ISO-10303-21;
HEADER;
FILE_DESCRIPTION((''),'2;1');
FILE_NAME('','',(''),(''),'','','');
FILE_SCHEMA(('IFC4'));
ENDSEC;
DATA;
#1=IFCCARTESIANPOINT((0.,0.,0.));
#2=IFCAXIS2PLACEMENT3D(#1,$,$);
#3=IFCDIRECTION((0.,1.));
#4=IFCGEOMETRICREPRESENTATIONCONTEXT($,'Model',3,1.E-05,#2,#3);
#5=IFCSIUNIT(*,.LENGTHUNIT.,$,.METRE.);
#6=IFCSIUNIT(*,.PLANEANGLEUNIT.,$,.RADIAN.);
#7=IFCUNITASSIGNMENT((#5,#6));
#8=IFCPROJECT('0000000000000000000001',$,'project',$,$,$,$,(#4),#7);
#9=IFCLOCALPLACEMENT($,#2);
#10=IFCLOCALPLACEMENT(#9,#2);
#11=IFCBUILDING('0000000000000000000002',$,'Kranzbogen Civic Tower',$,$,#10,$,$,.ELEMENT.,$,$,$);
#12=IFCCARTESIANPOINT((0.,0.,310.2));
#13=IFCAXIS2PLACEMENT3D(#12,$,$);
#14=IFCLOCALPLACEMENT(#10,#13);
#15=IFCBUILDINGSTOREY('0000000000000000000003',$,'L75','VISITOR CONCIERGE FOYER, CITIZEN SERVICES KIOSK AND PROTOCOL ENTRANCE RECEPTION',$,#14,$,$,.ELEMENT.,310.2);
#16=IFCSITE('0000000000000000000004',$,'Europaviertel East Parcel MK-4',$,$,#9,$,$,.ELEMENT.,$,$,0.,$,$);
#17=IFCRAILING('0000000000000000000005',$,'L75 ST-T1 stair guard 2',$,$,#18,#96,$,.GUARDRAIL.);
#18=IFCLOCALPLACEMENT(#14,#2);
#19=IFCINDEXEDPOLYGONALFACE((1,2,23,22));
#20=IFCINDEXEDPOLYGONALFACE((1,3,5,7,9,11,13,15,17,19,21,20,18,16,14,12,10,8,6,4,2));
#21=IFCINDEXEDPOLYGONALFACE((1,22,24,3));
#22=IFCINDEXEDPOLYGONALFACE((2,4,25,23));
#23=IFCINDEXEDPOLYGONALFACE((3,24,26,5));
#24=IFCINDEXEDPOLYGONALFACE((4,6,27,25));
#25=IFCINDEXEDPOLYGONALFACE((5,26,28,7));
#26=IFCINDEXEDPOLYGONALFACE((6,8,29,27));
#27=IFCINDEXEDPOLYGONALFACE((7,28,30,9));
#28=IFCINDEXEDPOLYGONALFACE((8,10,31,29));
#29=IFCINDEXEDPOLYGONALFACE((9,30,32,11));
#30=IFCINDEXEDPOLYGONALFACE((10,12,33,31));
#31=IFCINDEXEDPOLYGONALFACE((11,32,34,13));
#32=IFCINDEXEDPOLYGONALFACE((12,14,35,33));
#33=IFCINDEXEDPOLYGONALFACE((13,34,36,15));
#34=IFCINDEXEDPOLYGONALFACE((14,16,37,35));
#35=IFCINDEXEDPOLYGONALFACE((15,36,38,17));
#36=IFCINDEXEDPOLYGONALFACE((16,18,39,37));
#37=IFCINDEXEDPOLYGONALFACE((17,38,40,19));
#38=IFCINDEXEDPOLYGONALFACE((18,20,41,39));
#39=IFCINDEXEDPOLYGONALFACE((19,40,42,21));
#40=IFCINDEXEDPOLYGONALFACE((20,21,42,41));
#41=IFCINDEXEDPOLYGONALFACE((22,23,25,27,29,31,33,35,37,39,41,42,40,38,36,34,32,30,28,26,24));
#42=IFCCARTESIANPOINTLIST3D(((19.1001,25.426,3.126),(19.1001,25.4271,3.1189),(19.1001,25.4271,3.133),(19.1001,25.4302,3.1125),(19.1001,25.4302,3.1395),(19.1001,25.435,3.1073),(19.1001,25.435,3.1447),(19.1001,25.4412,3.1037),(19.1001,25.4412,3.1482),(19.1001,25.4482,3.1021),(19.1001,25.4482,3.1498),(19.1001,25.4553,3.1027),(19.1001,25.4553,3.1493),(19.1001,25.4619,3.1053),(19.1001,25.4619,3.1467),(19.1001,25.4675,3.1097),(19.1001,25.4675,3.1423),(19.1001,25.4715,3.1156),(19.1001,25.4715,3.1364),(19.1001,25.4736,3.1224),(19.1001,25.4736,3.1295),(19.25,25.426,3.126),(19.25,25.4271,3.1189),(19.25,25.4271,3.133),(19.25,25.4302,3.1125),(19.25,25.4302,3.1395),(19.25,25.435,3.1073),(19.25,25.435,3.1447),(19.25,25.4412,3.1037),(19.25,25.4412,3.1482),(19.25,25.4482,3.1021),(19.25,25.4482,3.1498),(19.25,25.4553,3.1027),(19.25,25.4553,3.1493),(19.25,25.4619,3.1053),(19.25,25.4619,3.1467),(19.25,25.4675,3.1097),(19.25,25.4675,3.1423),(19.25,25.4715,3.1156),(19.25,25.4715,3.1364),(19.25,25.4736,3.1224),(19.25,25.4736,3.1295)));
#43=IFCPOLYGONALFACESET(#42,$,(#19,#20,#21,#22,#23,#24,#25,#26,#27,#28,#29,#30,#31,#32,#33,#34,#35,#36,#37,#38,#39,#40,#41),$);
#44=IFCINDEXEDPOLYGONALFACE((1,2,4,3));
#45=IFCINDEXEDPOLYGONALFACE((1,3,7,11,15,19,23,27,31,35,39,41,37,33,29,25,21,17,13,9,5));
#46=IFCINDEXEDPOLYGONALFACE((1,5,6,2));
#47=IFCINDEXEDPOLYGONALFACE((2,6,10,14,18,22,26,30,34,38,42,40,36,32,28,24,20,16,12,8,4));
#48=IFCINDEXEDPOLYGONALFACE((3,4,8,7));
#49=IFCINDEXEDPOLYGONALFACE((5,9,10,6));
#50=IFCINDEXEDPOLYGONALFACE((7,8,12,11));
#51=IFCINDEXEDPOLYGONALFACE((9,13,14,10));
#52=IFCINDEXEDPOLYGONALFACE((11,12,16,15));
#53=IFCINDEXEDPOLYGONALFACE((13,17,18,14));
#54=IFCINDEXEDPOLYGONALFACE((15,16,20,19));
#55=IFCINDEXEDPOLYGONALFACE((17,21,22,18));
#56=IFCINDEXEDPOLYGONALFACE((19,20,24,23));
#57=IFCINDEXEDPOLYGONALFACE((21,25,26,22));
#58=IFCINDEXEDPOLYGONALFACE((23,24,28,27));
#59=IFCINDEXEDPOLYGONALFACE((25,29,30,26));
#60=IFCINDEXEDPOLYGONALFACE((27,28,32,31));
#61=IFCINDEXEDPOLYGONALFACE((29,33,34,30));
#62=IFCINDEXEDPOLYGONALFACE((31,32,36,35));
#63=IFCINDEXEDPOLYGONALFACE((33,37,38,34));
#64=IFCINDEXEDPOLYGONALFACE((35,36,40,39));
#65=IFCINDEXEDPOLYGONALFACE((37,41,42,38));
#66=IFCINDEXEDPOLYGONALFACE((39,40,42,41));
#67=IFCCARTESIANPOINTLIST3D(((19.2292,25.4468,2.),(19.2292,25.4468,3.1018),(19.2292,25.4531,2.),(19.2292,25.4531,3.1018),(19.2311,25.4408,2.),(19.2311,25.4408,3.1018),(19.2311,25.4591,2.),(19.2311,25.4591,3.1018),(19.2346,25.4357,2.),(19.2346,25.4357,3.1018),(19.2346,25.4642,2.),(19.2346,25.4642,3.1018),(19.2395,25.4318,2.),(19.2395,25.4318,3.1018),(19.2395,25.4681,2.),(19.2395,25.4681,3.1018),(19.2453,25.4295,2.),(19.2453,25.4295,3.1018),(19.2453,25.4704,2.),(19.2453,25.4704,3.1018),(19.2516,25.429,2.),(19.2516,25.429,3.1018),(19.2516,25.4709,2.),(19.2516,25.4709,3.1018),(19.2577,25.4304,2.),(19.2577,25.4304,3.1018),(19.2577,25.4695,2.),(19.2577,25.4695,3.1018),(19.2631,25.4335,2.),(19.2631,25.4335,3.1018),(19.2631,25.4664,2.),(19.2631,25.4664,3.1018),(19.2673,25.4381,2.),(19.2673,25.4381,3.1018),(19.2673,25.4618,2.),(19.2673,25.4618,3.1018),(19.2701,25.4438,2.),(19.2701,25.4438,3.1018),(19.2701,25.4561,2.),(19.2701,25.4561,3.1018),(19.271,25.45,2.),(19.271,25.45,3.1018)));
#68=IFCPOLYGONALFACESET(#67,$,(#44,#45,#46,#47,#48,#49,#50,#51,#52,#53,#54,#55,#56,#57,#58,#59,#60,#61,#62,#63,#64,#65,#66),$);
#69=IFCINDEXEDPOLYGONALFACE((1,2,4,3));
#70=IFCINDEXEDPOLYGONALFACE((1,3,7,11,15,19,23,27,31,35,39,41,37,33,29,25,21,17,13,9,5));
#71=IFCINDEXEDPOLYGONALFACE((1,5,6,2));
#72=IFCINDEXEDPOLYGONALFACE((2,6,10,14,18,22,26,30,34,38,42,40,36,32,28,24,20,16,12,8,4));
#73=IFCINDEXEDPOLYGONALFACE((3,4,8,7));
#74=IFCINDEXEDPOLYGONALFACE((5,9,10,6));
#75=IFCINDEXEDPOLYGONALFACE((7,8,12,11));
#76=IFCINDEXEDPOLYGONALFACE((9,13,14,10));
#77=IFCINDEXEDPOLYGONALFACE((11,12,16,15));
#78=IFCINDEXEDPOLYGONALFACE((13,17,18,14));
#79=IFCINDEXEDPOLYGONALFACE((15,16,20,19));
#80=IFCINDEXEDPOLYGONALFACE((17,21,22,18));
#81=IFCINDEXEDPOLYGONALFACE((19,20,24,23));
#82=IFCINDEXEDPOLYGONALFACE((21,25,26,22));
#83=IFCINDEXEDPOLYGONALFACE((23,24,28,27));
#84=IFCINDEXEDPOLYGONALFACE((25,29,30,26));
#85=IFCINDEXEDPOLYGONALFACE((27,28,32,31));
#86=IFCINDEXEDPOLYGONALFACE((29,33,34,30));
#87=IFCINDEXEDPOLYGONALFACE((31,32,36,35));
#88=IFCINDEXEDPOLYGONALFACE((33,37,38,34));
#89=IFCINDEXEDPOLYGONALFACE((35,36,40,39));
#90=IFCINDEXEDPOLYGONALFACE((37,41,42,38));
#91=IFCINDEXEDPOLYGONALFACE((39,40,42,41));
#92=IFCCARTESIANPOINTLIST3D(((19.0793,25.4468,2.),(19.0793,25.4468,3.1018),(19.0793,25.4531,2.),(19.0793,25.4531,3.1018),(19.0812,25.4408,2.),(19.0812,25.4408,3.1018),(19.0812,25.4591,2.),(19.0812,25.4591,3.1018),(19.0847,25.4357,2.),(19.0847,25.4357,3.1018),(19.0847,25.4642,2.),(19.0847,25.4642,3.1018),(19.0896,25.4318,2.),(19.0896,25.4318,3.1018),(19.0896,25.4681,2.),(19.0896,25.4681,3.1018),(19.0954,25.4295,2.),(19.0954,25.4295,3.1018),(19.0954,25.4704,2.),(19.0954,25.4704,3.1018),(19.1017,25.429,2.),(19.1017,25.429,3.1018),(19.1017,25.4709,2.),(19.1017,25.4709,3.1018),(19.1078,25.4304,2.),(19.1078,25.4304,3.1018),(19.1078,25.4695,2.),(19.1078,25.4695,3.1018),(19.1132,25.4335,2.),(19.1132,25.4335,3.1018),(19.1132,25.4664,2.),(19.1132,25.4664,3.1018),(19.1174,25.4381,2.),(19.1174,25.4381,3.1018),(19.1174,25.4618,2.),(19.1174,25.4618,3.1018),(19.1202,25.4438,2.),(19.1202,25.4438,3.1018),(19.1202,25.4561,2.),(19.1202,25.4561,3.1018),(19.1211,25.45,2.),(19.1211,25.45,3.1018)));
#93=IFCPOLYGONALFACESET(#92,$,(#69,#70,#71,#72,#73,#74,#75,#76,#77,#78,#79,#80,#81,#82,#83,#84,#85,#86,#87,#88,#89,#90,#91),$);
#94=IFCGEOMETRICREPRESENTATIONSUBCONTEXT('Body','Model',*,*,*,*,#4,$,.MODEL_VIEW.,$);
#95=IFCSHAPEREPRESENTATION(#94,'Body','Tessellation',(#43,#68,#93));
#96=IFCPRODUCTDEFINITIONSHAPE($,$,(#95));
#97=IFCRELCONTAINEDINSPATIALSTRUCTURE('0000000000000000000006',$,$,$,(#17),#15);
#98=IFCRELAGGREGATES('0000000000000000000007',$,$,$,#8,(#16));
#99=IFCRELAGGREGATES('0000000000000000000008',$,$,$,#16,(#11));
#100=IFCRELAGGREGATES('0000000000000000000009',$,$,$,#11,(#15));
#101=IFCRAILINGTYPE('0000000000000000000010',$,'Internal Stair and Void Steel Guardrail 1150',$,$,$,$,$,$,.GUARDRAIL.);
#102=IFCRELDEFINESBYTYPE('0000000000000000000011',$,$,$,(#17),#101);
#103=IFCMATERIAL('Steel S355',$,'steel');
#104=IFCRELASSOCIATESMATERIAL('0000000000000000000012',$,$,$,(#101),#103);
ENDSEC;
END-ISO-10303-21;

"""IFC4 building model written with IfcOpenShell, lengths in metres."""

from ifc_helpers import new_model, si_unit, direction, frame, origin, origin_2d, place, context, subcontext, project, spatial, circle, extrude, material, type_object, element, save


model = new_model("IFC4")

# Units and contexts
model_context = context("Model", 3, precision=1e-05, world=origin(), true_north=direction((0.0, 1.0)))
body_context = subcontext(model_context, "Body", "Model", "MODEL_VIEW")
ifc_project = project(units=[si_unit("LENGTHUNIT", "METRE"), si_unit("PLANEANGLEUNIT", "RADIAN")], contexts=[model_context])

# Site, building, storey
site_placement = place(None, origin())
site = spatial("IfcSite", under=ifc_project, at=site_placement, Name="Europaviertel East Parcel MK-4", CompositionType="ELEMENT", RefElevation=0.0)
building_placement = place(site_placement, origin())
building = spatial("IfcBuilding", under=site, at=building_placement, Name="Kranzbogen Civic Tower", CompositionType="ELEMENT")
storey_placement = place(building_placement, frame((0.0, 0.0, 310.2)))
storey = spatial("IfcBuildingStorey", under=building, at=storey_placement, Name="L75", Description="VISITOR CONCIERGE FOYER, CITIZEN SERVICES KIOSK AND PROTOCOL ENTRANCE RECEPTION", CompositionType="ELEMENT", Elevation=310.2)

# Shared definitions
ifc_material_1 = material(Name="Steel S355", Category="steel")

# Railing
railing_type_1 = type_object("IfcRailingType", Name="Internal Stair and Void Steel Guardrail 1150", PredefinedType="GUARDRAIL", material=ifc_material_1)
railing_1_placement = place(storey_placement, frame((19.25, 25.45, 2.0)))
element("IfcRailing", 1, at=railing_1_placement, inside=storey, type_object=railing_type_1, Name="L75 ST-T1 stair guard 2", PredefinedType="GUARDRAIL", context=body_context, shape_type="SweptSolid", body=[
    extrude(circle(Radius=0.0239, at=origin_2d()), frame((0.0, 0.0, 1.126), z_axis=(-1.0, 0.0, 0.0), x_axis=(0.0, -1.0, 0.0)), (0.0, 0.0, 1.0), 0.1499),
    extrude(circle(Radius=0.021, at=origin_2d()), origin(), (0.0, 0.0, 1.0), 1.1018),
    extrude(circle(Radius=0.021, at=origin_2d()), frame((-0.1499, 0.0, 0.0)), (0.0, 0.0, 1.0), 1.1018),
])

save(model, "model.ifc")
